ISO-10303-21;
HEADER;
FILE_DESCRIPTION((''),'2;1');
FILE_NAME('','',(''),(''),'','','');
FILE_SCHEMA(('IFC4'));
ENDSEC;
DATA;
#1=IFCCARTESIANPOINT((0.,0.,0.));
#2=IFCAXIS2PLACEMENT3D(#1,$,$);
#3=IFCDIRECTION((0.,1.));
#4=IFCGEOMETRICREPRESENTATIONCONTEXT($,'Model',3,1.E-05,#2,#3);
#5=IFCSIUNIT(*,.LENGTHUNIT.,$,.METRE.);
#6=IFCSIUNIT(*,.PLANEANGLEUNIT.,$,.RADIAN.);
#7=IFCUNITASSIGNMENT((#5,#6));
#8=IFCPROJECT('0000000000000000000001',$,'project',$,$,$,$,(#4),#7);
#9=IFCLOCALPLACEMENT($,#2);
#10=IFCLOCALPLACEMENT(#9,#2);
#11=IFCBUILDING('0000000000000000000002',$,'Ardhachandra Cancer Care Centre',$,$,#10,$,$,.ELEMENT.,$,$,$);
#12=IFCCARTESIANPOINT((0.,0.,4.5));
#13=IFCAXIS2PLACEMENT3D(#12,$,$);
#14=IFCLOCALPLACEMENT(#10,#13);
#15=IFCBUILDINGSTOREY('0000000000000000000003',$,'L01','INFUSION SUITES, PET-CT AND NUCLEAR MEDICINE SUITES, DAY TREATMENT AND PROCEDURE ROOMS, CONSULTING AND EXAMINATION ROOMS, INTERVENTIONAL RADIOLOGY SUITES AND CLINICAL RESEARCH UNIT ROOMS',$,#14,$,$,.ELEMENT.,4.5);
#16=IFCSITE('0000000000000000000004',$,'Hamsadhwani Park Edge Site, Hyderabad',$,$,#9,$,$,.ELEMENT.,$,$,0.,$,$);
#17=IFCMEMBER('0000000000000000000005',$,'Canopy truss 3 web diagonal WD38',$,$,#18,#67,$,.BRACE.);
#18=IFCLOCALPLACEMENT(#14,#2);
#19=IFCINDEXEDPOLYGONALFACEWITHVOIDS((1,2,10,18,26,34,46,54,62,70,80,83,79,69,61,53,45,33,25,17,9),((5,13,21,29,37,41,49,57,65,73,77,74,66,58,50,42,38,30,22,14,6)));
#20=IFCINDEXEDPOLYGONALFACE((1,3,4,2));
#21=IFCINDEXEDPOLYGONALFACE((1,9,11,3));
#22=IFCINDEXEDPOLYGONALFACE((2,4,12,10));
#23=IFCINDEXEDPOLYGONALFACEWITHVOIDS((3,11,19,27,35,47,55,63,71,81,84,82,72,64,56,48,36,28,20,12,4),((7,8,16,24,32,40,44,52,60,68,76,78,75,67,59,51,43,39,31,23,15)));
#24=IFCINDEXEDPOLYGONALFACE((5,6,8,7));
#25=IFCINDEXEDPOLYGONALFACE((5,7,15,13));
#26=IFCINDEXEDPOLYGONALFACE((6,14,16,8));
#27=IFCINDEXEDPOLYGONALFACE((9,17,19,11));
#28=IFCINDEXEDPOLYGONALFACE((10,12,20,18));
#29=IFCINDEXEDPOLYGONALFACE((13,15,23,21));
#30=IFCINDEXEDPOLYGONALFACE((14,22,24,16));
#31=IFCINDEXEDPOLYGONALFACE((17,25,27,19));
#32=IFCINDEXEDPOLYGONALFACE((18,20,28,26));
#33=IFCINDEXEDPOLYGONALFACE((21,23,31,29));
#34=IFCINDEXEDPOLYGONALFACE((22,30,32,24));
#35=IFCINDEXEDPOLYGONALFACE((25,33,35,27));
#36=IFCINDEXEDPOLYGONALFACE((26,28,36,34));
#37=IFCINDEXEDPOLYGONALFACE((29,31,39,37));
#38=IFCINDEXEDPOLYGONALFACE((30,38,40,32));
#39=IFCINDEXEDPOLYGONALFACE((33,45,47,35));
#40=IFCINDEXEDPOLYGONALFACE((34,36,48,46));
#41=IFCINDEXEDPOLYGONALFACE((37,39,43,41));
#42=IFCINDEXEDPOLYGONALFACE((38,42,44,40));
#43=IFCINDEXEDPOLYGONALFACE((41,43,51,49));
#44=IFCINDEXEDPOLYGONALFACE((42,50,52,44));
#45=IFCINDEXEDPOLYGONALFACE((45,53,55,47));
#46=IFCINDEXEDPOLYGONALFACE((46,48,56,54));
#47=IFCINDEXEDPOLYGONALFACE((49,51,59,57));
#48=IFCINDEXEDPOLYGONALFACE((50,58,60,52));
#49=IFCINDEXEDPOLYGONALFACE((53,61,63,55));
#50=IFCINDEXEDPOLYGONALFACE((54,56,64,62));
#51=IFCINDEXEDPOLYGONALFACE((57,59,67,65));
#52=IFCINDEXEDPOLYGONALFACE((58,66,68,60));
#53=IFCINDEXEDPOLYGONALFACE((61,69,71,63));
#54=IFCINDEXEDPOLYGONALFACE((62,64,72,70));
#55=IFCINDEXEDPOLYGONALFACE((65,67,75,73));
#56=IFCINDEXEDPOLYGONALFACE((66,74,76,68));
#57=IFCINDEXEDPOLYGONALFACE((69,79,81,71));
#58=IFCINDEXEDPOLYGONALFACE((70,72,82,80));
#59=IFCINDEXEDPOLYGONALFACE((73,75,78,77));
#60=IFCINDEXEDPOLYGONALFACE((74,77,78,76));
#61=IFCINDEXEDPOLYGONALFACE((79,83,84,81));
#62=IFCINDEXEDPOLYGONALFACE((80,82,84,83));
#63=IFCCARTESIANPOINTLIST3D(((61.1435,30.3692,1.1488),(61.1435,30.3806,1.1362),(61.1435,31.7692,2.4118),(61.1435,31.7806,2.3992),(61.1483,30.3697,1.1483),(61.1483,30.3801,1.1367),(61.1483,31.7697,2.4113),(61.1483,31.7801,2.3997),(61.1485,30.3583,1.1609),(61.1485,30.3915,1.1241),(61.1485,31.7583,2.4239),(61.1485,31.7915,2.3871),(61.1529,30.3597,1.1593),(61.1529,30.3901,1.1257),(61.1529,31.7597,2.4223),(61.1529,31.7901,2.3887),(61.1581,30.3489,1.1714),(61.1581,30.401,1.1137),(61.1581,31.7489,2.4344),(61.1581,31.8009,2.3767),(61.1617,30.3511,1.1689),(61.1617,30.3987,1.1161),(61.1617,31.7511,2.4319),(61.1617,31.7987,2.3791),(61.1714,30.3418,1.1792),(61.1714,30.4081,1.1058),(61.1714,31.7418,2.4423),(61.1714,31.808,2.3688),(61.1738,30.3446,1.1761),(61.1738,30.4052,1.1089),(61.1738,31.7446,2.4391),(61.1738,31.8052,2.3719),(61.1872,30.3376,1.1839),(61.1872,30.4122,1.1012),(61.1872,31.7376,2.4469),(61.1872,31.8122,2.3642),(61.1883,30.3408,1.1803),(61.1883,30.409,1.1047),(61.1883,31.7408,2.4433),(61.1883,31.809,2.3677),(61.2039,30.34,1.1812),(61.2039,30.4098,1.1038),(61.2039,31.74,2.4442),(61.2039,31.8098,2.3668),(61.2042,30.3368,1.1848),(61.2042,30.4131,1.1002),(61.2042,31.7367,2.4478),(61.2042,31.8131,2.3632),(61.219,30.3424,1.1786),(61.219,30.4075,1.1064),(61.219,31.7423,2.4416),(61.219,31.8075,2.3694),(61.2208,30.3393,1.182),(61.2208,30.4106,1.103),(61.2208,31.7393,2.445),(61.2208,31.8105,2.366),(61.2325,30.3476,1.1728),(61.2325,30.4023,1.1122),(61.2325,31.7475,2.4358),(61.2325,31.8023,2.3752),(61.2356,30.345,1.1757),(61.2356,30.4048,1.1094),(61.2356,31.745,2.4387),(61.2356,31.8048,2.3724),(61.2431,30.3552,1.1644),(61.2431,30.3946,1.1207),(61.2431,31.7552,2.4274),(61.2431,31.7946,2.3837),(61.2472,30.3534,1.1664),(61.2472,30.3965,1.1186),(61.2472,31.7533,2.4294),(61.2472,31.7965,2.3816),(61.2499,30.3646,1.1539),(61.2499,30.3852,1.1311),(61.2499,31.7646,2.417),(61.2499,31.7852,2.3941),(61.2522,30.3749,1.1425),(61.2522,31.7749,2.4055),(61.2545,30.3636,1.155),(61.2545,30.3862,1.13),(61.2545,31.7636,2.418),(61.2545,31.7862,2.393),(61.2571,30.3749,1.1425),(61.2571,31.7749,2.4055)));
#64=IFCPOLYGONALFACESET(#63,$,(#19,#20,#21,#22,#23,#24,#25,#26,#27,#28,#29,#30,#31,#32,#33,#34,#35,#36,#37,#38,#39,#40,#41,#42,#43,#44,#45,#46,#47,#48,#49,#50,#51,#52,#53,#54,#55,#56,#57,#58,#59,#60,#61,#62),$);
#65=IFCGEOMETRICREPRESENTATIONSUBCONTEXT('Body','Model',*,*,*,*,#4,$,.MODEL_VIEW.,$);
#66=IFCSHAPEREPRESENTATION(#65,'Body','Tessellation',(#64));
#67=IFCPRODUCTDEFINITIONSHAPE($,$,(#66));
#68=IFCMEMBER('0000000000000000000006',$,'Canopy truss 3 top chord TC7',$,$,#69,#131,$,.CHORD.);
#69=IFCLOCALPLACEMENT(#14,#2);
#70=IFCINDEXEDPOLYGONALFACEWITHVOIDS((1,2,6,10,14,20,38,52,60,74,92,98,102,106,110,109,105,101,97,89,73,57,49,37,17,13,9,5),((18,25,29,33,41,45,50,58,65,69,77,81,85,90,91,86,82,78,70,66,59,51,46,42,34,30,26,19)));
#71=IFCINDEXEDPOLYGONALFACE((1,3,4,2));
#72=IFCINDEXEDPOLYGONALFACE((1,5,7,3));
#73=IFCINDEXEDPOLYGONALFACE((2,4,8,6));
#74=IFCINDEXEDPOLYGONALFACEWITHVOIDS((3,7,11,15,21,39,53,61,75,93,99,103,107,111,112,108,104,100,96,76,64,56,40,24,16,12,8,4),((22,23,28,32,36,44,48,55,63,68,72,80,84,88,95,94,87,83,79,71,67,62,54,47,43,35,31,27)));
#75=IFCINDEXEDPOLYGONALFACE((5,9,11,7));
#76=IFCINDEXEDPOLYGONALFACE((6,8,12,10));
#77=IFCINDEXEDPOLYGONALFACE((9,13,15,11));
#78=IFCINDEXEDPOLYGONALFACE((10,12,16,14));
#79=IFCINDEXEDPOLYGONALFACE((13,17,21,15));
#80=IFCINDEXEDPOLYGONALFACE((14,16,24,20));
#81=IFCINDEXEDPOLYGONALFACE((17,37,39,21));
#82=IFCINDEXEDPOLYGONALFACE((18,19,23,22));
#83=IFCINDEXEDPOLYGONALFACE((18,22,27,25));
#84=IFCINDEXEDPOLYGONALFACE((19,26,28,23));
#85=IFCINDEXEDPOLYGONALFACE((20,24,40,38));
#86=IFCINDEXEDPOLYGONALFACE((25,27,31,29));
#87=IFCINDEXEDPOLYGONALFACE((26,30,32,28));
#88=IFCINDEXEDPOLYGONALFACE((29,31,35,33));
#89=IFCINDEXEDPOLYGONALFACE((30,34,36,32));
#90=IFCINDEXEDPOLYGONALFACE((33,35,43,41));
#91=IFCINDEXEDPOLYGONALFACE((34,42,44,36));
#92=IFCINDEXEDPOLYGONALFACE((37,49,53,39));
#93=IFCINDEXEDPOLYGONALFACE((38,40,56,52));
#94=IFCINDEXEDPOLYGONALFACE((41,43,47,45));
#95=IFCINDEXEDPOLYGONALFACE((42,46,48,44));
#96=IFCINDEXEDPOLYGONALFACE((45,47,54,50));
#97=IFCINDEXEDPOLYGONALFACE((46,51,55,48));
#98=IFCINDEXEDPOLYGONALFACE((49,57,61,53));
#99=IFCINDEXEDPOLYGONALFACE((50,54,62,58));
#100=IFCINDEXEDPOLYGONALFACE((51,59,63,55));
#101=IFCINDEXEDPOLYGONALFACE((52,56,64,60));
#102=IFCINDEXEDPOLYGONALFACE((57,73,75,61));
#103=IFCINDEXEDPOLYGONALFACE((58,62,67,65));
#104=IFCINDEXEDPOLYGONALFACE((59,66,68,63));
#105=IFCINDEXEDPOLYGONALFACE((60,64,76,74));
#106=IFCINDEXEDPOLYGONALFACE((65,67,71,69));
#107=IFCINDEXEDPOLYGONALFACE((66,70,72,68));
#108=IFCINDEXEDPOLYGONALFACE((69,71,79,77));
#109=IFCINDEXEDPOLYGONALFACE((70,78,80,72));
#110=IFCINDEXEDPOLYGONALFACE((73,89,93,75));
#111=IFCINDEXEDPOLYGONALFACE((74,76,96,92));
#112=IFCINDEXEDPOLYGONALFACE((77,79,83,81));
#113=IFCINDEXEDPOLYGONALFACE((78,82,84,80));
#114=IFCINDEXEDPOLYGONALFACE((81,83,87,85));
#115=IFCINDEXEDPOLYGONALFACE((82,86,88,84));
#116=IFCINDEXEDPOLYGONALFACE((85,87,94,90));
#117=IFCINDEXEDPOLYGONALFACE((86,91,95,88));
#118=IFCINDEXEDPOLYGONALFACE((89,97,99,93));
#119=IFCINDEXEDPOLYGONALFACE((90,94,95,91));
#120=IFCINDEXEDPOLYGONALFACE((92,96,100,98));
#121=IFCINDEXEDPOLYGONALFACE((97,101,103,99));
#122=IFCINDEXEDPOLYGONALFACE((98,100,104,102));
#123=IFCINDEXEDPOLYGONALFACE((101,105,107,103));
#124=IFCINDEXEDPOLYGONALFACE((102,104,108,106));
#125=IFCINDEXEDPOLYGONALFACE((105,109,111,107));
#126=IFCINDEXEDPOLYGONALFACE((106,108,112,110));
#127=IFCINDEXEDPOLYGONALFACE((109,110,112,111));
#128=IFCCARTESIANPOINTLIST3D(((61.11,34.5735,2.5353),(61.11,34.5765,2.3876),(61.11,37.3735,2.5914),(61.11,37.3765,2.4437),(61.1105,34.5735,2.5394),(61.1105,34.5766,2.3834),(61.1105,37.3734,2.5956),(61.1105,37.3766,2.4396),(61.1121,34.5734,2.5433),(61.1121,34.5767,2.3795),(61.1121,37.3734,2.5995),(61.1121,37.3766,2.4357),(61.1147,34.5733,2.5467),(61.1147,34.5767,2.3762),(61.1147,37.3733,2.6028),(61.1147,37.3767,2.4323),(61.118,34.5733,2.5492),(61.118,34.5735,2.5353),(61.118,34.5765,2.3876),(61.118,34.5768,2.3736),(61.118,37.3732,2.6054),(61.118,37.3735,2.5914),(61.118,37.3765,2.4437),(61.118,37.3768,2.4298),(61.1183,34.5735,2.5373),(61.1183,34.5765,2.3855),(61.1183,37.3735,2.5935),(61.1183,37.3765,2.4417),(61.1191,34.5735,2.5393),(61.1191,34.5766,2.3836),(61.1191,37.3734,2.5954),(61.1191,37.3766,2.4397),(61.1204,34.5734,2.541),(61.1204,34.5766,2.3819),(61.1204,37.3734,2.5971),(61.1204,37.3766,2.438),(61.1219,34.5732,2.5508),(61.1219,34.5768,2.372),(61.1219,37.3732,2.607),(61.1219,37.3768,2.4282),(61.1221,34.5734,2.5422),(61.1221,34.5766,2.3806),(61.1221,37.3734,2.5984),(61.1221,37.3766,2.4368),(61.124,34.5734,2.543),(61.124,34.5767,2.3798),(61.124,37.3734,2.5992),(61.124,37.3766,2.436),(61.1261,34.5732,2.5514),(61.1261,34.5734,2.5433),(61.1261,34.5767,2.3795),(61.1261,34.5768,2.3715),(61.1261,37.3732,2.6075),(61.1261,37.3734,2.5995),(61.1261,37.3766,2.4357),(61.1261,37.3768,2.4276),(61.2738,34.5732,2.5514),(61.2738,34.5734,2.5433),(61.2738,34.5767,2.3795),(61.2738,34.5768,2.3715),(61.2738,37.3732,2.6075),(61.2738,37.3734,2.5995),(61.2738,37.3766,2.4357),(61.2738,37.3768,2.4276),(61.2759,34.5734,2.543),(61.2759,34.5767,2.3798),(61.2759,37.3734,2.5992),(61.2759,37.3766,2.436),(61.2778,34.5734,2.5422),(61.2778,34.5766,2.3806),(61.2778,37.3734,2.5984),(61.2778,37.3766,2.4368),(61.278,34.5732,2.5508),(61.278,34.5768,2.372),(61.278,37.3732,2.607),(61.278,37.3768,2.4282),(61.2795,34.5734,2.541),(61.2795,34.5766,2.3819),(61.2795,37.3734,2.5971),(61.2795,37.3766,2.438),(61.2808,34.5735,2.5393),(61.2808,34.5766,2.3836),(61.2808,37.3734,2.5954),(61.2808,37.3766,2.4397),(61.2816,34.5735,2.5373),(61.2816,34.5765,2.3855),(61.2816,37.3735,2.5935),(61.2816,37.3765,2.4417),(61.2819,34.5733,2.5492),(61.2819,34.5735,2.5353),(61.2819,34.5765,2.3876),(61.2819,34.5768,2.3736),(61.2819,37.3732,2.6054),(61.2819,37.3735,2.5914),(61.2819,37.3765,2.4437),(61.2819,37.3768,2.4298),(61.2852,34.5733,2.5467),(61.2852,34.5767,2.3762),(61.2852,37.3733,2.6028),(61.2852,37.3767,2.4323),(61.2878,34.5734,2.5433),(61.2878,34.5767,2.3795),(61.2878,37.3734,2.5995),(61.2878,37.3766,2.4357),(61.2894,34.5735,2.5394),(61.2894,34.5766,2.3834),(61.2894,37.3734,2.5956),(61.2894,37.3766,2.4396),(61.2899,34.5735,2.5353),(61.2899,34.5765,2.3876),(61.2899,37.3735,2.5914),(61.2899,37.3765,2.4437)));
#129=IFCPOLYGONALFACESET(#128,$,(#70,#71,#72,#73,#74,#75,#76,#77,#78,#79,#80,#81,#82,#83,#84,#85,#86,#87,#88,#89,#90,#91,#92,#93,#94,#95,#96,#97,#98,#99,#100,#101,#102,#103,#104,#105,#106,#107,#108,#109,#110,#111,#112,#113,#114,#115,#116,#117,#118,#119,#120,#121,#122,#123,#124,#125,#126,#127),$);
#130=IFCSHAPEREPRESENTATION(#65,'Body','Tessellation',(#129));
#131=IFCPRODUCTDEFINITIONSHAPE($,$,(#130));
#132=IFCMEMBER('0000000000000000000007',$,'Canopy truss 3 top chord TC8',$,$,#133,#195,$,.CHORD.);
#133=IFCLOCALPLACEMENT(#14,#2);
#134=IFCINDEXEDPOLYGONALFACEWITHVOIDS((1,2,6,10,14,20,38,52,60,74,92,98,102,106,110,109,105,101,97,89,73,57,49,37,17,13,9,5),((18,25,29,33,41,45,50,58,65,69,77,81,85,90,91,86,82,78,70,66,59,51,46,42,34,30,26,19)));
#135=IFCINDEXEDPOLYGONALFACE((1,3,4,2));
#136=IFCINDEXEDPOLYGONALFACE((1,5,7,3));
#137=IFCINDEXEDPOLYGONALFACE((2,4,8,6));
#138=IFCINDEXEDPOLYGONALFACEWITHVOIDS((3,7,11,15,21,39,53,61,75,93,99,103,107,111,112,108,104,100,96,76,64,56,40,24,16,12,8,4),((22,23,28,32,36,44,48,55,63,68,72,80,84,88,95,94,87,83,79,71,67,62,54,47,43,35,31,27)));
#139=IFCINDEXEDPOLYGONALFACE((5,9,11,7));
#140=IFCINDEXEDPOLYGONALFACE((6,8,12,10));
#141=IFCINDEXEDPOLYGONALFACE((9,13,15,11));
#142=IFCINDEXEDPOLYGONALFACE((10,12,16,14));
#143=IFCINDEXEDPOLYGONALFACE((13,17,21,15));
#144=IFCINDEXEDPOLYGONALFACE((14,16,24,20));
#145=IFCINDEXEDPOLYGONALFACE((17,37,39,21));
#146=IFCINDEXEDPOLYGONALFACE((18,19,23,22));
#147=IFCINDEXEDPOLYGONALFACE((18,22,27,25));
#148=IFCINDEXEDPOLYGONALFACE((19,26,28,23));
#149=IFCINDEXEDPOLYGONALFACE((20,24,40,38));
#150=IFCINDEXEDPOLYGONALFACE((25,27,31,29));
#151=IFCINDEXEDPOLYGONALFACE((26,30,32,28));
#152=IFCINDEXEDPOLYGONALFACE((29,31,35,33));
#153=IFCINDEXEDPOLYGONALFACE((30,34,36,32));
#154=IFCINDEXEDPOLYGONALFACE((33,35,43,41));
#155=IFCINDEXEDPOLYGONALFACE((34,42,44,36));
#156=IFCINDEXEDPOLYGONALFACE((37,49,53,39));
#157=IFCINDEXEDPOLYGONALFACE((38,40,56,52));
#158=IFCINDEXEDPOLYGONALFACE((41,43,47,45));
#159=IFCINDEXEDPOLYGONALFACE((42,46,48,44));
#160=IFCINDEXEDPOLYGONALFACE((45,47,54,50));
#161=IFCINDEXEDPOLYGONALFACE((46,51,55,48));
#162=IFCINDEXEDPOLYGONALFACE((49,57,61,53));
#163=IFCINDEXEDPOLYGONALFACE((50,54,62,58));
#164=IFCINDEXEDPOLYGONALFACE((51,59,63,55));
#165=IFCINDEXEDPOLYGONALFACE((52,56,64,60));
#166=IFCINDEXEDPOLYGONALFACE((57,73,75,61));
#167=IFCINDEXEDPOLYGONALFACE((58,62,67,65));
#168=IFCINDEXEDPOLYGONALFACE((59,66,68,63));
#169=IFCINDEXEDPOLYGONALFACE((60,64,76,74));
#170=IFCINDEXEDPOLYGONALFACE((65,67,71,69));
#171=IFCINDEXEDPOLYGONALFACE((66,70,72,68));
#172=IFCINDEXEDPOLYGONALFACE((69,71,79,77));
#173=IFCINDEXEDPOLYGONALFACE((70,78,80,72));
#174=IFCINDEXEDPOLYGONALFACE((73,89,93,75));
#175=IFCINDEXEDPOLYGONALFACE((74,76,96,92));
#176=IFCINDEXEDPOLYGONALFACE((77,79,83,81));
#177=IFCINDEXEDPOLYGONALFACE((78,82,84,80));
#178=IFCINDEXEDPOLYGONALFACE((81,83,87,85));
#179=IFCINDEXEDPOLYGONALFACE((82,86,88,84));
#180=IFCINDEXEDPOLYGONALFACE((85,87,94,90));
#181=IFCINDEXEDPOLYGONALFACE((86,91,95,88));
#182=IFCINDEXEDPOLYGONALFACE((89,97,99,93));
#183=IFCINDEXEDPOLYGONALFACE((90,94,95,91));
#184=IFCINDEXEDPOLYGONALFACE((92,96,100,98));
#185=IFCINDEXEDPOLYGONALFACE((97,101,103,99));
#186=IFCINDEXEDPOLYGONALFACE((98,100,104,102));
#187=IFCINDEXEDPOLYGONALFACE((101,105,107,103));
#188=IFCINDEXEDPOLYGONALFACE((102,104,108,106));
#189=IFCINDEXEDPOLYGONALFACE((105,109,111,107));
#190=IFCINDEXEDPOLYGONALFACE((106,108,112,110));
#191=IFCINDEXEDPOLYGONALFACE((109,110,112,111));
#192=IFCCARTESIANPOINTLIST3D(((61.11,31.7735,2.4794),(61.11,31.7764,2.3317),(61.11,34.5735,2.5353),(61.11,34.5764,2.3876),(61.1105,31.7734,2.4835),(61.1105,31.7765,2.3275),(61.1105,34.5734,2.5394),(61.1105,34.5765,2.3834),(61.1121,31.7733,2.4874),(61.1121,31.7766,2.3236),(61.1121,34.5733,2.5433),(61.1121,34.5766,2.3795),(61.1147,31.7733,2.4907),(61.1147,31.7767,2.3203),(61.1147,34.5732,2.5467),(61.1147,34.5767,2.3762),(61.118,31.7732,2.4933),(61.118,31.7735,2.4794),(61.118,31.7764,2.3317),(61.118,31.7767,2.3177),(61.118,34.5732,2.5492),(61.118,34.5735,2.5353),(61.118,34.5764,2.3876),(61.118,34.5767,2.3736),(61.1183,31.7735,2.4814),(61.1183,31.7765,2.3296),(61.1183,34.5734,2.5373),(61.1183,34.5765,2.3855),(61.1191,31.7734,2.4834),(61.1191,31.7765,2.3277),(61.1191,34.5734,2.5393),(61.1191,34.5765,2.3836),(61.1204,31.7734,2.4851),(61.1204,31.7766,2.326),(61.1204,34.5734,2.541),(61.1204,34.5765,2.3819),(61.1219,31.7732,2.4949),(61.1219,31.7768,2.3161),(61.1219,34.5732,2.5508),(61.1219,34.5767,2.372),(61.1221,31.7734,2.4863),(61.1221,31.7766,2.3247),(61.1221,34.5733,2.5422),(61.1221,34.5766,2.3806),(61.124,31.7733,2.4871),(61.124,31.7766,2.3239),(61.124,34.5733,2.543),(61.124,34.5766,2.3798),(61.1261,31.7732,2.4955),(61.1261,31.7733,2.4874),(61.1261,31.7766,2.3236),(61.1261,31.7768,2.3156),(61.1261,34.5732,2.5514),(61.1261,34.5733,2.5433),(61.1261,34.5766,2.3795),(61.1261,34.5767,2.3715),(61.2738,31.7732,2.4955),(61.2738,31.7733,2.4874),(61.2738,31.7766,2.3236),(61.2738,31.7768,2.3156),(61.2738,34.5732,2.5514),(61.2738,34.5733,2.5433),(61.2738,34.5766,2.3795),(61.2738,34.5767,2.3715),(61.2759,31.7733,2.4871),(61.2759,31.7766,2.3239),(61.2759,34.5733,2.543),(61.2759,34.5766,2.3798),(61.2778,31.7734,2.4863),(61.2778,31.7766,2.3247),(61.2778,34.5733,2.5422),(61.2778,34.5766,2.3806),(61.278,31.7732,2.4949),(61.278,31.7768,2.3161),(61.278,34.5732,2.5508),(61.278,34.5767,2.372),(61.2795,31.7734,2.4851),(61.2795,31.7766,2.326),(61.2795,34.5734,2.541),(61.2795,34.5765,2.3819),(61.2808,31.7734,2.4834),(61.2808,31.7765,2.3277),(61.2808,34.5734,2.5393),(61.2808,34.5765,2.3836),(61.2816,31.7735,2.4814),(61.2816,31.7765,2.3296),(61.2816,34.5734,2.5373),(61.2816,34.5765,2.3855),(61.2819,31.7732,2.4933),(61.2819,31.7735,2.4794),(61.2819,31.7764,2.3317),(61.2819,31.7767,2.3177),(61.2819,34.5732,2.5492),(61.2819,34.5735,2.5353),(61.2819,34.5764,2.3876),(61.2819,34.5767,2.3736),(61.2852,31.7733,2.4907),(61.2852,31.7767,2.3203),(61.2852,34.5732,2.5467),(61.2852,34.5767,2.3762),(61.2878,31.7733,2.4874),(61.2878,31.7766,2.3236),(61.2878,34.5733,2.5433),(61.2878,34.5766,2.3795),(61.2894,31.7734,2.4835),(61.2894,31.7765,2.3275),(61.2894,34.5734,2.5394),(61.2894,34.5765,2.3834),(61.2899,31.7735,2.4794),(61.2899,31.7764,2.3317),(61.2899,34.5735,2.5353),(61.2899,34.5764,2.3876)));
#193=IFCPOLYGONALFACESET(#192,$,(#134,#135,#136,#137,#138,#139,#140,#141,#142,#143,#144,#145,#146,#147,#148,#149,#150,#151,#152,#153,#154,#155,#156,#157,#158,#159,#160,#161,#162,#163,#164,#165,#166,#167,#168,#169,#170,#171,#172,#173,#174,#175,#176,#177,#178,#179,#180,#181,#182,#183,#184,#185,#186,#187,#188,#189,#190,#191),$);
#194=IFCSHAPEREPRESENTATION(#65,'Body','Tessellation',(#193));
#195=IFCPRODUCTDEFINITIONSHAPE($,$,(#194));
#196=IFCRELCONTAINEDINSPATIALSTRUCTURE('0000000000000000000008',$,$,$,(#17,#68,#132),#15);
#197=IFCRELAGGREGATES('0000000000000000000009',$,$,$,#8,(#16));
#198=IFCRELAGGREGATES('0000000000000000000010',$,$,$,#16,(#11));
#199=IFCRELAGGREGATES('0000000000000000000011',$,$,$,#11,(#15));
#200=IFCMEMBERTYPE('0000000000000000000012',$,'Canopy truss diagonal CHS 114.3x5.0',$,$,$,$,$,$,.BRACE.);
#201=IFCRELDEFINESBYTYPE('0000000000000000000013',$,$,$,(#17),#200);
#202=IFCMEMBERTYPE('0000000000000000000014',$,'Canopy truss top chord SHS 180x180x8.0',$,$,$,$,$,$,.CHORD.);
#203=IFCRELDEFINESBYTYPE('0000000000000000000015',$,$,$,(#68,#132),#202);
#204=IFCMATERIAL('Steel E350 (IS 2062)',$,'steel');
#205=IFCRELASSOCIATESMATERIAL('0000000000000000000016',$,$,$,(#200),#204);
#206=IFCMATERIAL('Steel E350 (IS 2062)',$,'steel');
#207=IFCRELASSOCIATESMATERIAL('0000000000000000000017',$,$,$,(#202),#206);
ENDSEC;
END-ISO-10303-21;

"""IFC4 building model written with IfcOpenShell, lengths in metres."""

from ifc_helpers import new_model, si_unit, direction, frame, origin, origin_2d, place, context, subcontext, project, spatial, hollow_rectangle, hollow_circle, extrude, material, material_profile, profile_set, type_object, element, save


model = new_model("IFC4")

# Units and contexts
model_context = context("Model", 3, precision=1e-05, world=origin(), true_north=direction((0.0, 1.0)))
body_context = subcontext(model_context, "Body", "Model", "MODEL_VIEW")
ifc_project = project(units=[si_unit("LENGTHUNIT", "METRE"), si_unit("PLANEANGLEUNIT", "RADIAN")], contexts=[model_context])

# Site, building, storey
site_placement = place(None, origin())
site = spatial("IfcSite", under=ifc_project, at=site_placement, Name="Hamsadhwani Park Edge Site, Hyderabad", CompositionType="ELEMENT", RefElevation=0.0)
building_placement = place(site_placement, origin())
building = spatial("IfcBuilding", under=site, at=building_placement, Name="Ardhachandra Cancer Care Centre", CompositionType="ELEMENT")
storey_placement = place(building_placement, frame((0.0, 0.0, 4.5)))
storey = spatial("IfcBuildingStorey", under=building, at=storey_placement, Name="L01", Description="INFUSION SUITES, PET-CT AND NUCLEAR MEDICINE SUITES, DAY TREATMENT AND PROCEDURE ROOMS, CONSULTING AND EXAMINATION ROOMS, INTERVENTIONAL RADIOLOGY SUITES AND CLINICAL RESEARCH UNIT ROOMS", CompositionType="ELEMENT", Elevation=4.5)

# Members
ifc_material_1 = material(Name="Steel E350 (IS 2062)", Category="steel")
ifc_material_profile_1 = material_profile(ifc_material_1, hollow_circle(Radius=0.0571, WallThickness=0.0049, at=origin_2d()), Name="CHS 114.3x5.0")
ifc_profile_set_1 = profile_set([ifc_material_profile_1], Name="Steel E350 (IS 2062)")
member_type_1 = type_object("IfcMemberType", Name="Canopy truss diagonal CHS 114.3x5.0", PredefinedType="BRACE", material=ifc_profile_set_1)
member_1_placement = place(storey_placement, frame((61.2, 31.7749, 2.4055), z_axis=(0.0, -0.742495, -0.669851), x_axis=(1.0, 0.0, 0.0)))
element("IfcMember", 1, at=member_1_placement, inside=storey, type_object=member_type_1, Name="Canopy truss 3 web diagonal WD38", PredefinedType="BRACE", context=body_context, shape_type="SweptSolid", body=[
    extrude(hollow_circle(Radius=0.0571, WallThickness=0.0049, at=origin_2d()), origin(), (0.0, 0.0, 1.0), 1.8855),
])
ifc_material_2 = material(Name="Steel E350 (IS 2062)", Category="steel")
ifc_material_profile_2 = material_profile(ifc_material_2, hollow_rectangle(XDim=0.1799, YDim=0.1799, WallThickness=0.0081, InnerFilletRadius=0.0081, OuterFilletRadius=0.0161, at=origin_2d()), Name="SHS 180x180x8.0")
ifc_profile_set_2 = profile_set([ifc_material_profile_2], Name="Steel E350 (IS 2062)")
member_type_2 = type_object("IfcMemberType", Name="Canopy truss top chord SHS 180x180x8.0", PredefinedType="CHORD", material=ifc_profile_set_2)
for number, where, z_axis, x_axis, name in (
    (2, (61.2, 37.375, 2.5176), (0.0, -0.999799, -0.02005), (1.0, 0.0, 0.0), "Canopy truss 3 top chord TC7"),
    (3, (61.2, 34.575, 2.4614), (0.0, -0.999801, -0.019963), (1.0, 0.0, 0.0), "Canopy truss 3 top chord TC8"),
):
    element("IfcMember", number, at=place(storey_placement, frame(where, z_axis=z_axis, x_axis=x_axis)), inside=storey, type_object=member_type_2, Name=name, PredefinedType="CHORD", context=body_context, shape_type="SweptSolid", body=[
        extrude(hollow_rectangle(XDim=0.1799, YDim=0.1799, WallThickness=0.0081, InnerFilletRadius=0.0081, OuterFilletRadius=0.0161, at=origin_2d()), origin(), (0.0, 0.0, 1.0), 2.8005),
    ])

save(model, "model.ifc")
